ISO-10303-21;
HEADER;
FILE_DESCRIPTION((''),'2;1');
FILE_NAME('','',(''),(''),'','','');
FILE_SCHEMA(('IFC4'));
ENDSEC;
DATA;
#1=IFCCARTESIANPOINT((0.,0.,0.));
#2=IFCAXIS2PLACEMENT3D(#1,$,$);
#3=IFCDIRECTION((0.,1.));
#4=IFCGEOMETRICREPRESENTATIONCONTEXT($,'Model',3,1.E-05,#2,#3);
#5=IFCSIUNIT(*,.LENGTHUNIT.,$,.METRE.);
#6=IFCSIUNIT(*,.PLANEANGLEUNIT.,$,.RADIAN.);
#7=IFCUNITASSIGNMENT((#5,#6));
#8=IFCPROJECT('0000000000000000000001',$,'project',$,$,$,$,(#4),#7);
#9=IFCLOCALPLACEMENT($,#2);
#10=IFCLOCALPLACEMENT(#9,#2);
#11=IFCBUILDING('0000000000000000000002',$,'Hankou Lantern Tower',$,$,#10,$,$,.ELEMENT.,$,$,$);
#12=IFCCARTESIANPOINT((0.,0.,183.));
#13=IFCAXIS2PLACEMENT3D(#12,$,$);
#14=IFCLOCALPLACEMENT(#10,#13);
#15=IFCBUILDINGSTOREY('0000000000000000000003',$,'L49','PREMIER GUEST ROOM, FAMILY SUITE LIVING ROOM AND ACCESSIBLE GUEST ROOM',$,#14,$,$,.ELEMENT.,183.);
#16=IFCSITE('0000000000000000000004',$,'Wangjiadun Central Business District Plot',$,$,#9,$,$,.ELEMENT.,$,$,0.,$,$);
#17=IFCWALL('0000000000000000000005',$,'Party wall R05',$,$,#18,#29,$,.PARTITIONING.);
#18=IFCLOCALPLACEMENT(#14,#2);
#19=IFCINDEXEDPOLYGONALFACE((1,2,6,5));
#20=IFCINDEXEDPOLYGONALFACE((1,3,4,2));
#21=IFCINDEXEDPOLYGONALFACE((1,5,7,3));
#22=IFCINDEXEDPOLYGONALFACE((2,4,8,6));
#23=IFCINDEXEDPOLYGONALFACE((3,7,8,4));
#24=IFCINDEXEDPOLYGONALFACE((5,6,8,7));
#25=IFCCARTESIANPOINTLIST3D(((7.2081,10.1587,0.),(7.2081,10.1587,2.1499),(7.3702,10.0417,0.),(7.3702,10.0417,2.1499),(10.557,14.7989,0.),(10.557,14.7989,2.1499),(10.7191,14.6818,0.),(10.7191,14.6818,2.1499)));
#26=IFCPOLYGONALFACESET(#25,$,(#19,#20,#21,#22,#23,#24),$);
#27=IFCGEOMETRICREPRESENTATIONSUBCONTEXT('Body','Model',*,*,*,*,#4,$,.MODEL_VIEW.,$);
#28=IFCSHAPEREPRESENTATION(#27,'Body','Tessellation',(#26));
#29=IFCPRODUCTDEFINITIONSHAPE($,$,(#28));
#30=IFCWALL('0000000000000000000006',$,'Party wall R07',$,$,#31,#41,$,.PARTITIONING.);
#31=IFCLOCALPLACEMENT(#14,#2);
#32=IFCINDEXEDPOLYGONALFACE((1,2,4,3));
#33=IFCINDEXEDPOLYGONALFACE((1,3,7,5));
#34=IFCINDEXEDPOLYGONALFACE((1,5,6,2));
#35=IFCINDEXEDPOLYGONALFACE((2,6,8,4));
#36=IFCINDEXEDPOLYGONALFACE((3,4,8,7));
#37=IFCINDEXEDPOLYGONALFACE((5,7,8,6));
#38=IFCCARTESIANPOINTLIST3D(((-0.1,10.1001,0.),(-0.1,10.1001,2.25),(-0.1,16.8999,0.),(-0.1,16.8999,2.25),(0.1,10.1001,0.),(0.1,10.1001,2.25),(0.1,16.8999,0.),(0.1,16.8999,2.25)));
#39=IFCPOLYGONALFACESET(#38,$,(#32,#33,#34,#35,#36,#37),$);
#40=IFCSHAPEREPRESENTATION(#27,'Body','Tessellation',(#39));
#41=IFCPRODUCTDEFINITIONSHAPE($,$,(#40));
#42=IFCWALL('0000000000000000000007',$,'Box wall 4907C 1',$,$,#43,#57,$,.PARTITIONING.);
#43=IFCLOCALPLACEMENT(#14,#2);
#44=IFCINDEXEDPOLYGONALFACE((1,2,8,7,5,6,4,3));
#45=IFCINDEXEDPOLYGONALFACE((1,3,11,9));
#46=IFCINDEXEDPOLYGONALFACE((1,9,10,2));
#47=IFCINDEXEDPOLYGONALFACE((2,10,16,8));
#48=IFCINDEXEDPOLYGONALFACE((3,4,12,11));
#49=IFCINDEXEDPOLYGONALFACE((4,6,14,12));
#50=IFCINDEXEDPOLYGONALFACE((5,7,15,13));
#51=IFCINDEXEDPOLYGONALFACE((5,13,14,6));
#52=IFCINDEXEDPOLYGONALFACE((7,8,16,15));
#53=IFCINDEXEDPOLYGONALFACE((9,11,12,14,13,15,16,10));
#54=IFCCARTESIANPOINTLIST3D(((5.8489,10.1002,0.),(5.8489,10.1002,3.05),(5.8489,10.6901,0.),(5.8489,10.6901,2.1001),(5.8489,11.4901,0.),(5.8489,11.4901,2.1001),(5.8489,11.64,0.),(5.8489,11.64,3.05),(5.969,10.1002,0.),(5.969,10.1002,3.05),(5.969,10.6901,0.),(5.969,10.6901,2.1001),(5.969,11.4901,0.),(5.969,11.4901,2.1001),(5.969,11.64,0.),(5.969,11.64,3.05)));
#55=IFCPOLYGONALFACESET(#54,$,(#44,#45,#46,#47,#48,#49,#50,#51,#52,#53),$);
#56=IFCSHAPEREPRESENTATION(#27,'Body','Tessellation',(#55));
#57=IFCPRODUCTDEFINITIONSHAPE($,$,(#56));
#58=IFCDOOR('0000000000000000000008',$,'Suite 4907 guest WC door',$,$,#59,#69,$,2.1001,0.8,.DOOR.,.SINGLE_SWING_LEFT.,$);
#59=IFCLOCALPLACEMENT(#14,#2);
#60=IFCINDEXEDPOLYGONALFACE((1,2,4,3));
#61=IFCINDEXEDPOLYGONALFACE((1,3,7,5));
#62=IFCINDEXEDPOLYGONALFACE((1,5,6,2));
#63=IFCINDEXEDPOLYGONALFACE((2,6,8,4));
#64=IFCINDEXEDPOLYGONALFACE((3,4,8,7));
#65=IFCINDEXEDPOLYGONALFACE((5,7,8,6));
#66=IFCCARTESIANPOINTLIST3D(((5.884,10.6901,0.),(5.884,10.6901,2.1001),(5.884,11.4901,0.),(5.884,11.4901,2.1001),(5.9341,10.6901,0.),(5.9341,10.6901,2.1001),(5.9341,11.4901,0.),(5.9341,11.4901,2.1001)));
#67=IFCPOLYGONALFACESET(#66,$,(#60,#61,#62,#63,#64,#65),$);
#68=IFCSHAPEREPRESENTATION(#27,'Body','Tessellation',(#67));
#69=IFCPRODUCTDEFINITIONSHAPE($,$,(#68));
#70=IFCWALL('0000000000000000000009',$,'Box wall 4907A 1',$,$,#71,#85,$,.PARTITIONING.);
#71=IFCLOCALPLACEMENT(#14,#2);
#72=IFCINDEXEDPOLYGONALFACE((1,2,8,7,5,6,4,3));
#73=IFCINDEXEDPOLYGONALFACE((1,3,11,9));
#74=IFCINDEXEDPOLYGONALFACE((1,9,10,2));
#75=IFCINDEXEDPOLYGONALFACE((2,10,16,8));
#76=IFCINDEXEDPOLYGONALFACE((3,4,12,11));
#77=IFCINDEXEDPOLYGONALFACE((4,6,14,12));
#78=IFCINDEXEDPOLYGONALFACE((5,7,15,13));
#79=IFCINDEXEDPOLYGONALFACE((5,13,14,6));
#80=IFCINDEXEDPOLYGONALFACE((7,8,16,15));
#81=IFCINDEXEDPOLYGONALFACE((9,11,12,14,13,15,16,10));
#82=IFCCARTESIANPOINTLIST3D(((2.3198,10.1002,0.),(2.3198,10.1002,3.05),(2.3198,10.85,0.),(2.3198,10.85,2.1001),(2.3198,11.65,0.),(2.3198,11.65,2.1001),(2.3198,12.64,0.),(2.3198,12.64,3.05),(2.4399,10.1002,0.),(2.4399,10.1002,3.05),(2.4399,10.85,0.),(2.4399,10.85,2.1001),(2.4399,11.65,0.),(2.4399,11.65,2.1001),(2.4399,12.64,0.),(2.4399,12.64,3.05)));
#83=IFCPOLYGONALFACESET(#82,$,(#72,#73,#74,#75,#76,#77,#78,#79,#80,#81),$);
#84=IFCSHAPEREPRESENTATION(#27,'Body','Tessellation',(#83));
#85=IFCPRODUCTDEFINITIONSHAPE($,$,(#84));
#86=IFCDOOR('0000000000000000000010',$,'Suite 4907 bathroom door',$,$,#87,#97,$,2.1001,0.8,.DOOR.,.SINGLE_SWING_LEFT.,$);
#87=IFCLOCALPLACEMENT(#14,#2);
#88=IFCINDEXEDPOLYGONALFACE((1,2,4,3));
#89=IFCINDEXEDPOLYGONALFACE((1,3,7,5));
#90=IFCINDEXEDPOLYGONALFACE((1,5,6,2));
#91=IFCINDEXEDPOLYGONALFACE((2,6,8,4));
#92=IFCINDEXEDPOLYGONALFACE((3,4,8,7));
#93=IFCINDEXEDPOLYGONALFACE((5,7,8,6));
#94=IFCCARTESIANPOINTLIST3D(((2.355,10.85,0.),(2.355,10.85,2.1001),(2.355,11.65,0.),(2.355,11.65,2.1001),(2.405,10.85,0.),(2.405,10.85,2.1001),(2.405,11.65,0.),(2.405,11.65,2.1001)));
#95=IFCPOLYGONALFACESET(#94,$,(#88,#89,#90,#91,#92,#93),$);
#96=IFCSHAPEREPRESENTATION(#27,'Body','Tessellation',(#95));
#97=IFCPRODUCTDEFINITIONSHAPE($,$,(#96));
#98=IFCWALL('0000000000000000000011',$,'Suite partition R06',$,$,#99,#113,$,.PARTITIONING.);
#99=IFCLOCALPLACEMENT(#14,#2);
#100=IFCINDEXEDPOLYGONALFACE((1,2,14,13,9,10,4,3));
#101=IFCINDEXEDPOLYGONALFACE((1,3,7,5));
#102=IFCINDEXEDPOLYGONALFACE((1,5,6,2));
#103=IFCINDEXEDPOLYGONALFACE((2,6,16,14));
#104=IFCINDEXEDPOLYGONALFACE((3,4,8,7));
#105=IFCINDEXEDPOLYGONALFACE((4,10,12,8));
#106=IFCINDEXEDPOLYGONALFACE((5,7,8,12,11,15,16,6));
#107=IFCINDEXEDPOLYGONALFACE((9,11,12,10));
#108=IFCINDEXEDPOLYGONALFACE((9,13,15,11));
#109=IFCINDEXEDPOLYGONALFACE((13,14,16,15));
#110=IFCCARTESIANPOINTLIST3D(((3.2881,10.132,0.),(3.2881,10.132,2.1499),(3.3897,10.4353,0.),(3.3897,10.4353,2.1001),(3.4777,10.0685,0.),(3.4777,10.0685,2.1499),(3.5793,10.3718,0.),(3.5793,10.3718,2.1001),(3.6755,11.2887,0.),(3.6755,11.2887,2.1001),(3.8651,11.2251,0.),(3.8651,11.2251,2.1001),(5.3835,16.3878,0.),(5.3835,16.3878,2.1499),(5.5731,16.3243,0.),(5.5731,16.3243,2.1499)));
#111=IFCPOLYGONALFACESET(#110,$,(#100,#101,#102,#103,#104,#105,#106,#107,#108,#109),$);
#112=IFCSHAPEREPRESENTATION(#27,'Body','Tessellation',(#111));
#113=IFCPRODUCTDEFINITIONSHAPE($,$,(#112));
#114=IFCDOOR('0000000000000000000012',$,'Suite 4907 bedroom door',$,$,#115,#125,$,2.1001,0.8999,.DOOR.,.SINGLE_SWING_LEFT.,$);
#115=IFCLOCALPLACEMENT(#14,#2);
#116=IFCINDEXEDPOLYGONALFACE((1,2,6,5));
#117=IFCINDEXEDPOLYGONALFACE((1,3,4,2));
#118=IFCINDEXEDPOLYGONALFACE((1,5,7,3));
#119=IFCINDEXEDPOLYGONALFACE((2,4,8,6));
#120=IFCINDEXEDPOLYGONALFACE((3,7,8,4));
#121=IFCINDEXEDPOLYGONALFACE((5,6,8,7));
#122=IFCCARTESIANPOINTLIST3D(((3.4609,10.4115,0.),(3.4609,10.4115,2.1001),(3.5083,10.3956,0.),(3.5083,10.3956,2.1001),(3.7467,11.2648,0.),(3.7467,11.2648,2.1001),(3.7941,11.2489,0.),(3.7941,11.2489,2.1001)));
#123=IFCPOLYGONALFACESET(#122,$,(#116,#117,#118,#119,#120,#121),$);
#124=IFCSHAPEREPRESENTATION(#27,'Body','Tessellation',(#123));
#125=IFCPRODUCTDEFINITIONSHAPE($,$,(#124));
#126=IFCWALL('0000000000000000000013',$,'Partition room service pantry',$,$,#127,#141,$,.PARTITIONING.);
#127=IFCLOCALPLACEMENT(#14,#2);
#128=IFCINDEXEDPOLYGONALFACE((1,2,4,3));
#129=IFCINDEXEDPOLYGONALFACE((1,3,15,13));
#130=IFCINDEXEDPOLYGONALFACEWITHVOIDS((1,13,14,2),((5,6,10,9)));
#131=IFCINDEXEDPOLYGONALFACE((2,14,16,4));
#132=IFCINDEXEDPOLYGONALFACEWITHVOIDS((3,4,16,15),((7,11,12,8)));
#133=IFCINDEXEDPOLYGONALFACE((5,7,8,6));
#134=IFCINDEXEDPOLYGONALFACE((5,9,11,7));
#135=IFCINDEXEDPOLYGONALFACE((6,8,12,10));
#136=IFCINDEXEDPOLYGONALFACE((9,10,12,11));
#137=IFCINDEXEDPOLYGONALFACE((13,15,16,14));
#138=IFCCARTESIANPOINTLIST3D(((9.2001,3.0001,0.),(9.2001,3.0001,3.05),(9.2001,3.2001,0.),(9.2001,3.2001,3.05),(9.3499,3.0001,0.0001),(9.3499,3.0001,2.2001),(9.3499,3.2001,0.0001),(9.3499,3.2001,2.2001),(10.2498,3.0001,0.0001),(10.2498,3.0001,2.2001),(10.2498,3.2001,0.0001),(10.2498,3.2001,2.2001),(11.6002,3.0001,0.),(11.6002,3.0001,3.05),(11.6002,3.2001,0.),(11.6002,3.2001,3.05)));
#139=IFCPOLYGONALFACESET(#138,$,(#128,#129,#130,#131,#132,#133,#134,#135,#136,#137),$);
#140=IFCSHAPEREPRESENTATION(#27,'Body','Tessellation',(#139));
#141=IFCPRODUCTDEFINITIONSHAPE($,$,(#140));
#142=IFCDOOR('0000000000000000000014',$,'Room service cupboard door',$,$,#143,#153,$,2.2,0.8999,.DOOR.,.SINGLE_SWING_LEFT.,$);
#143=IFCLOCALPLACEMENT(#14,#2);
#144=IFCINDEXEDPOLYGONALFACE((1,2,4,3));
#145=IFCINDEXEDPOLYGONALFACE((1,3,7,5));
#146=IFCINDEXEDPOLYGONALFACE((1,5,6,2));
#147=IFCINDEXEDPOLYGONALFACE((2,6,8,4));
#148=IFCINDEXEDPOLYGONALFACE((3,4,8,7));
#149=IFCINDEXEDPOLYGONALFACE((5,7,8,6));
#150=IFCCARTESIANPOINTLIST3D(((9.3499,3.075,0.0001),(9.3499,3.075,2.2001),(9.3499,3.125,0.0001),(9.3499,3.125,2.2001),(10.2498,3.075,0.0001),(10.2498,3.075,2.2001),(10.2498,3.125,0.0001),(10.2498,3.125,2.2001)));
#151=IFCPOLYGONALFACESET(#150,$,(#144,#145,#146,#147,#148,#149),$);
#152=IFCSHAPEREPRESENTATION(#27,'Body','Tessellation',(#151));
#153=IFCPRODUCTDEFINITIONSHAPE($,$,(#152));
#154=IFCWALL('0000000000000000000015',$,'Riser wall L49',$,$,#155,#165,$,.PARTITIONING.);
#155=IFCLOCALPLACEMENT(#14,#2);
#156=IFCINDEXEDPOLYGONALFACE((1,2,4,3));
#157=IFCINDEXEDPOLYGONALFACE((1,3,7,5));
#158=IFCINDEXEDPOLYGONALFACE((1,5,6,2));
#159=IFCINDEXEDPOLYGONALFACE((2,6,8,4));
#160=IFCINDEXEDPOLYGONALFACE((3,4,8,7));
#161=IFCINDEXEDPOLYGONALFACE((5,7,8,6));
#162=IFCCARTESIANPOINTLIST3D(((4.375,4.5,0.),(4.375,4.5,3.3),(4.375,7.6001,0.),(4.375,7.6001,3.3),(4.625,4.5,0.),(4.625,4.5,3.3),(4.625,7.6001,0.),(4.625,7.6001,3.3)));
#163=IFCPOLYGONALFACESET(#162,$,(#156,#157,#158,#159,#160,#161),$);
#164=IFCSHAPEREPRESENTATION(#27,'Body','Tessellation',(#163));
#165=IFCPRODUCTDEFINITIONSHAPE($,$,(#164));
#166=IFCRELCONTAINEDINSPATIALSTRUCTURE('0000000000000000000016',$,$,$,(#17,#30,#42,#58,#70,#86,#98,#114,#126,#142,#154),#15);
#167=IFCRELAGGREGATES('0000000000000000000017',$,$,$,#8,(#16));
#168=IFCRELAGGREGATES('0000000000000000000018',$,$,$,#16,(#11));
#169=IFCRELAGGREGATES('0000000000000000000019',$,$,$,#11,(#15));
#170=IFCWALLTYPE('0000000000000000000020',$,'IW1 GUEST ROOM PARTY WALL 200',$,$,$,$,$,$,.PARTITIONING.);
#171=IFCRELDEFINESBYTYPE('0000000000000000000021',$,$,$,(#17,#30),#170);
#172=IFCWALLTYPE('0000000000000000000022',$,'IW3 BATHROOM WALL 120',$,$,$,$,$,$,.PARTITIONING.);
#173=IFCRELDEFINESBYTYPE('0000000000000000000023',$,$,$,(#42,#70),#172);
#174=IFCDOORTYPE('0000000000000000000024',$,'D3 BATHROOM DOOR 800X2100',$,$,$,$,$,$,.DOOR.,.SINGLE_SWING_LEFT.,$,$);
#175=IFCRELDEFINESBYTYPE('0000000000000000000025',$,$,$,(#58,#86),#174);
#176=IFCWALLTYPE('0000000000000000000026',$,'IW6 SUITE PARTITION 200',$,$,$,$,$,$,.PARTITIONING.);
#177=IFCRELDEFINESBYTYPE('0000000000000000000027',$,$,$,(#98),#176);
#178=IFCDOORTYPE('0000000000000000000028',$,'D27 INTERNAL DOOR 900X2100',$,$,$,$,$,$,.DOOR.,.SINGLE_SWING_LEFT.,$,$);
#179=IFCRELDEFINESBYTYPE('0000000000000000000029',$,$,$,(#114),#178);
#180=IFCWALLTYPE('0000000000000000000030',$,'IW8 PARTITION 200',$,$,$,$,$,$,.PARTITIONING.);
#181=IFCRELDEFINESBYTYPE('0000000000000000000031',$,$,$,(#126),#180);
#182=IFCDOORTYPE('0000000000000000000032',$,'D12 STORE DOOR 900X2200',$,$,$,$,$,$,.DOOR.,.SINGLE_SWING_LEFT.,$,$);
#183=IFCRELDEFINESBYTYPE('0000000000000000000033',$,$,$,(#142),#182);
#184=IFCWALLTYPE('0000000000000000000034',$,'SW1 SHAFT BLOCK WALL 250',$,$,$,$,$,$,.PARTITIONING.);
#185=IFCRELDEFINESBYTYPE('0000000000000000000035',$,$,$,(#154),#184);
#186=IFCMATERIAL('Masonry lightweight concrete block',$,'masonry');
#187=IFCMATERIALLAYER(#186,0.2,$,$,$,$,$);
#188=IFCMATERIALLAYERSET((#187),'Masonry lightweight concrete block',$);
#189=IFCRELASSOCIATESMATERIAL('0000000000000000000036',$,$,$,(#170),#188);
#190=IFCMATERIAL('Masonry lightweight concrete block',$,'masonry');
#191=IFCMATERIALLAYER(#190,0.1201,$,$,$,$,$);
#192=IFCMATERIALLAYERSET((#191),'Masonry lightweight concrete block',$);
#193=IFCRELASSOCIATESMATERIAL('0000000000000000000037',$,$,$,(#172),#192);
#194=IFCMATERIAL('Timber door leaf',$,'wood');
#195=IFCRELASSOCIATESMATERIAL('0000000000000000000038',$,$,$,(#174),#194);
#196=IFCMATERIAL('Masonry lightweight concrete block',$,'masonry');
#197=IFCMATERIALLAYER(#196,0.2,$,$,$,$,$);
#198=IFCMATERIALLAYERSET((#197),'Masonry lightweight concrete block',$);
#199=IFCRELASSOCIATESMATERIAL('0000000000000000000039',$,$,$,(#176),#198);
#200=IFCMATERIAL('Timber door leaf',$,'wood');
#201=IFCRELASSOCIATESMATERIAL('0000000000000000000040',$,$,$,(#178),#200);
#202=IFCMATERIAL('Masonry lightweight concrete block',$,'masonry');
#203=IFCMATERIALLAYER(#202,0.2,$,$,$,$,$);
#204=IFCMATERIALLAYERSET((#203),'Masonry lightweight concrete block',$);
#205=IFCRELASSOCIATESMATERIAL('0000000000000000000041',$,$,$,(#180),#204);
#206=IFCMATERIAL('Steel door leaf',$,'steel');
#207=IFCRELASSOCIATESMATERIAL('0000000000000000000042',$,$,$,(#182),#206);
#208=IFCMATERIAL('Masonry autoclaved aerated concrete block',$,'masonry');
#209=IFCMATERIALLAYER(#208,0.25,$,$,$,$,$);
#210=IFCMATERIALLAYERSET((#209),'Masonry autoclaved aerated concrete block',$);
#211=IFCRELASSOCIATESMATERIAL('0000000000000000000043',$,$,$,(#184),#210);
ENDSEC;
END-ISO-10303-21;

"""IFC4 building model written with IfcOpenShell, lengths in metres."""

from ifc_helpers import new_model, si_unit, direction, frame, frame_2d, origin, place, context, subcontext, project, spatial, rectangle, extrude, material, layer, layer_set, type_object, element, fill, save


model = new_model("IFC4")

# Units and contexts
model_context = context("Model", 3, precision=1e-05, world=origin(), true_north=direction((0.0, 1.0)))
body_context = subcontext(model_context, "Body", "Model", "MODEL_VIEW")
ifc_project = project(units=[si_unit("LENGTHUNIT", "METRE"), si_unit("PLANEANGLEUNIT", "RADIAN")], contexts=[model_context])

# Site, building, storey
site_placement = place(None, origin())
site = spatial("IfcSite", under=ifc_project, at=site_placement, Name="Wangjiadun Central Business District Plot", CompositionType="ELEMENT", RefElevation=0.0)
building_placement = place(site_placement, origin())
building = spatial("IfcBuilding", under=site, at=building_placement, Name="Hankou Lantern Tower", CompositionType="ELEMENT")
storey_placement = place(building_placement, frame((0.0, 0.0, 183.0)))
storey = spatial("IfcBuildingStorey", under=building, at=storey_placement, Name="L49", Description="PREMIER GUEST ROOM, FAMILY SUITE LIVING ROOM AND ACCESSIBLE GUEST ROOM", CompositionType="ELEMENT", Elevation=183.0)

# Walls
ifc_material_1 = material(Name="Masonry lightweight concrete block", Category="masonry")
ifc_layer_1 = layer(ifc_material_1, 0.2)
ifc_layer_set_1 = layer_set([ifc_layer_1], Name="Masonry lightweight concrete block")
wall_type_1 = type_object("IfcWallType", Name="IW1 GUEST ROOM PARTY WALL 200", PredefinedType="PARTITIONING", material=ifc_layer_set_1)
wall_1_placement = place(storey_placement, frame((7.2891, 10.1001, 0.0), z_axis=(0.0, 0.0, 1.0), x_axis=(0.585223, 0.810873, 0.0)))
element("IfcWall", 1, at=wall_1_placement, inside=storey, type_object=wall_type_1, Name="Party wall R05", PredefinedType="PARTITIONING", context=body_context, shape_type="SweptSolid", body=[
    extrude(rectangle(XDim=5.7224, YDim=0.2, at=frame_2d((2.8613, 0.0))), origin(), (0.0, 0.0, 1.0), 2.1499),
])
wall_2_placement = place(storey_placement, frame((0.0, 10.1001, 0.0), z_axis=(0.0, 0.0, 1.0), x_axis=(0.0, 1.0, 0.0)))
element("IfcWall", 2, at=wall_2_placement, inside=storey, type_object=wall_type_1, Name="Party wall R07", PredefinedType="PARTITIONING", context=body_context, shape_type="SweptSolid", body=[
    extrude(rectangle(XDim=6.7998, YDim=0.2, at=frame_2d((3.3999, 0.0))), origin(), (0.0, 0.0, 1.0), 2.25),
])

# Walls, openings, doors
ifc_material_2 = material(Name="Masonry lightweight concrete block", Category="masonry")
ifc_layer_2 = layer(ifc_material_2, 0.1201)
ifc_layer_set_2 = layer_set([ifc_layer_2], Name="Masonry lightweight concrete block")
wall_type_2 = type_object("IfcWallType", Name="IW3 BATHROOM WALL 120", PredefinedType="PARTITIONING", material=ifc_layer_set_2)
wall_3_placement = place(storey_placement, frame((5.9089, 10.1001, 0.0), z_axis=(0.0, 0.0, 1.0), x_axis=(0.0, 1.0, 0.0)))
wall_3 = element("IfcWall", 3, at=wall_3_placement, inside=storey, type_object=wall_type_2, Name="Box wall 4907C 1", PredefinedType="PARTITIONING", context=body_context, shape_type="SweptSolid", body=[
    extrude(rectangle(XDim=1.5398, YDim=0.1201, at=frame_2d((0.77, 0.0))), origin(), (0.0, 0.0, 1.0), 3.05),
])
opening_1_placement = place(wall_3_placement, frame((0.5901, 0.0, 0.0)))
opening_1 = element("IfcOpeningElement", 4, at=opening_1_placement, cuts=wall_3, PredefinedType="OPENING", context=body_context, shape_type="SweptSolid", body=[
    extrude(rectangle(XDim=0.8, YDim=2.1001, at=frame_2d((0.3999, 1.05))), frame((0.0, 0.0701, 0.0), z_axis=(0.0, -1.0, 0.0), x_axis=(1.0, 0.0, 0.0)), (0.0, 0.0, 1.0), 0.1401),
])
ifc_material_3 = material(Name="Timber door leaf", Category="wood")
door_type_1 = type_object("IfcDoorType", Name="D3 BATHROOM DOOR 800X2100", OperationType="SINGLE_SWING_LEFT", PredefinedType="DOOR", material=ifc_material_3)
door_1_placement = place(opening_1_placement, origin())
door_1 = element("IfcDoor", 5, at=door_1_placement, inside=storey, type_object=door_type_1, Name="Suite 4907 guest WC door", OperationType="SINGLE_SWING_LEFT", OverallHeight=2.1001, OverallWidth=0.8, PredefinedType="DOOR", context=body_context, shape_type="SweptSolid", body=[
    extrude(rectangle(XDim=0.8, YDim=2.1001, at=frame_2d((0.3999, 1.05))), frame((0.0, 0.0249, 0.0), z_axis=(0.0, -1.0, 0.0), x_axis=(1.0, 0.0, 0.0)), (0.0, 0.0, 1.0), 0.05),
])
fill(opening_1, door_1)
wall_4_placement = place(storey_placement, frame((2.3799, 10.1001, 0.0), z_axis=(0.0, 0.0, 1.0), x_axis=(0.0, 1.0, 0.0)))
wall_4 = element("IfcWall", 6, at=wall_4_placement, inside=storey, type_object=wall_type_2, Name="Box wall 4907A 1", PredefinedType="PARTITIONING", context=body_context, shape_type="SweptSolid", body=[
    extrude(rectangle(XDim=2.5398, YDim=0.1201, at=frame_2d((1.27, 0.0))), origin(), (0.0, 0.0, 1.0), 3.05),
])
opening_2_placement = place(wall_4_placement, frame((0.75, 0.0, 0.0)))
opening_2 = element("IfcOpeningElement", 7, at=opening_2_placement, cuts=wall_4, PredefinedType="OPENING", context=body_context, shape_type="SweptSolid", body=[
    extrude(rectangle(XDim=0.8, YDim=2.1001, at=frame_2d((0.3999, 1.05))), frame((0.0, 0.0701, 0.0), z_axis=(0.0, -1.0, 0.0), x_axis=(1.0, 0.0, 0.0)), (0.0, 0.0, 1.0), 0.1401),
])
door_2_placement = place(opening_2_placement, origin())
door_2 = element("IfcDoor", 8, at=door_2_placement, inside=storey, type_object=door_type_1, Name="Suite 4907 bathroom door", OperationType="SINGLE_SWING_LEFT", OverallHeight=2.1001, OverallWidth=0.8, PredefinedType="DOOR", context=body_context, shape_type="SweptSolid", body=[
    extrude(rectangle(XDim=0.8, YDim=2.1001, at=frame_2d((0.3999, 1.05))), frame((0.0, 0.0249, 0.0), z_axis=(0.0, -1.0, 0.0), x_axis=(1.0, 0.0, 0.0)), (0.0, 0.0, 1.0), 0.05),
])
fill(opening_2, door_2)
ifc_material_4 = material(Name="Masonry lightweight concrete block", Category="masonry")
ifc_layer_3 = layer(ifc_material_4, 0.2)
ifc_layer_set_3 = layer_set([ifc_layer_3], Name="Masonry lightweight concrete block")
wall_type_3 = type_object("IfcWallType", Name="IW6 SUITE PARTITION 200", PredefinedType="PARTITIONING", material=ifc_layer_set_3)
wall_5_placement = place(storey_placement, frame((3.3828, 10.1001, 0.0), z_axis=(0.0, 0.0, 1.0), x_axis=(0.317615, 0.94822, 0.0)))
wall_5 = element("IfcWall", 9, at=wall_5_placement, inside=storey, type_object=wall_type_3, Name="Suite partition R06", PredefinedType="PARTITIONING", context=body_context, shape_type="SweptSolid", body=[
    extrude(rectangle(XDim=6.5974, YDim=0.2, at=frame_2d((3.2988, 0.0))), origin(), (0.0, 0.0, 1.0), 2.1499),
])
opening_3_placement = place(wall_5_placement, frame((0.3201, 0.0, 0.0)))
opening_3 = element("IfcOpeningElement", 10, at=opening_3_placement, cuts=wall_5, PredefinedType="OPENING", context=body_context, shape_type="SweptSolid", body=[
    extrude(rectangle(XDim=0.8999, YDim=2.1001, at=frame_2d((0.45, 1.05))), frame((0.0, 0.1099, 0.0), z_axis=(0.0, -1.0, 0.0), x_axis=(1.0, 0.0, 0.0)), (0.0, 0.0, 1.0), 0.22),
])
ifc_material_5 = material(Name="Timber door leaf", Category="wood")
door_type_2 = type_object("IfcDoorType", Name="D27 INTERNAL DOOR 900X2100", OperationType="SINGLE_SWING_LEFT", PredefinedType="DOOR", material=ifc_material_5)
door_3_placement = place(opening_3_placement, origin())
door_3 = element("IfcDoor", 11, at=door_3_placement, inside=storey, type_object=door_type_2, Name="Suite 4907 bedroom door", OperationType="SINGLE_SWING_LEFT", OverallHeight=2.1001, OverallWidth=0.8999, PredefinedType="DOOR", context=body_context, shape_type="SweptSolid", body=[
    extrude(rectangle(XDim=0.8999, YDim=2.1001, at=frame_2d((0.45, 1.05))), frame((0.0, 0.0249, 0.0), z_axis=(0.0, -1.0, 0.0), x_axis=(1.0, 0.0, 0.0)), (0.0, 0.0, 1.0), 0.05),
])
fill(opening_3, door_3)
ifc_material_6 = material(Name="Masonry lightweight concrete block", Category="masonry")
ifc_layer_4 = layer(ifc_material_6, 0.2)
ifc_layer_set_4 = layer_set([ifc_layer_4], Name="Masonry lightweight concrete block")
wall_type_4 = type_object("IfcWallType", Name="IW8 PARTITION 200", PredefinedType="PARTITIONING", material=ifc_layer_set_4)
wall_6_placement = place(storey_placement, frame((9.2, 3.1001, 0.0), z_axis=(0.0, 0.0, 1.0), x_axis=(1.0, 0.0, 0.0)))
wall_6 = element("IfcWall", 12, at=wall_6_placement, inside=storey, type_object=wall_type_4, Name="Partition room service pantry", PredefinedType="PARTITIONING", context=body_context, shape_type="SweptSolid", body=[
    extrude(rectangle(XDim=2.4001, YDim=0.2, at=frame_2d((1.2002, 0.0))), origin(), (0.0, 0.0, 1.0), 3.05),
])
opening_4_placement = place(wall_6_placement, frame((0.1499, 0.0, 0.0)))
opening_4 = element("IfcOpeningElement", 13, at=opening_4_placement, cuts=wall_6, PredefinedType="OPENING", context=body_context, shape_type="SweptSolid", body=[
    extrude(rectangle(XDim=0.8999, YDim=2.2, at=frame_2d((0.45, 1.1001))), frame((0.0, 0.1099, 0.0), z_axis=(0.0, -1.0, 0.0), x_axis=(1.0, 0.0, 0.0)), (0.0, 0.0, 1.0), 0.22),
])
ifc_material_7 = material(Name="Steel door leaf", Category="steel")
door_type_3 = type_object("IfcDoorType", Name="D12 STORE DOOR 900X2200", OperationType="SINGLE_SWING_LEFT", PredefinedType="DOOR", material=ifc_material_7)
door_4_placement = place(opening_4_placement, origin())
door_4 = element("IfcDoor", 14, at=door_4_placement, inside=storey, type_object=door_type_3, Name="Room service cupboard door", OperationType="SINGLE_SWING_LEFT", OverallHeight=2.2, OverallWidth=0.8999, PredefinedType="DOOR", context=body_context, shape_type="SweptSolid", body=[
    extrude(rectangle(XDim=0.8999, YDim=2.2, at=frame_2d((0.45, 1.1001))), frame((0.0, 0.0249, 0.0), z_axis=(0.0, -1.0, 0.0), x_axis=(1.0, 0.0, 0.0)), (0.0, 0.0, 1.0), 0.05),
])
fill(opening_4, door_4)

# Wall
ifc_material_8 = material(Name="Masonry autoclaved aerated concrete block", Category="masonry")
ifc_layer_5 = layer(ifc_material_8, 0.25)
ifc_layer_set_5 = layer_set([ifc_layer_5], Name="Masonry autoclaved aerated concrete block")
wall_type_5 = type_object("IfcWallType", Name="SW1 SHAFT BLOCK WALL 250", PredefinedType="PARTITIONING", material=ifc_layer_set_5)
wall_7_placement = place(storey_placement, frame((4.5, 4.5, 0.0), z_axis=(0.0, 0.0, 1.0), x_axis=(0.0, 1.0, 0.0)))
element("IfcWall", 15, at=wall_7_placement, inside=storey, type_object=wall_type_5, Name="Riser wall L49", PredefinedType="PARTITIONING", context=body_context, shape_type="SweptSolid", body=[
    extrude(rectangle(XDim=3.1001, YDim=0.25, at=frame_2d((1.55, 0.0))), origin(), (0.0, 0.0, 1.0), 3.3),
])

save(model, "model.ifc")
